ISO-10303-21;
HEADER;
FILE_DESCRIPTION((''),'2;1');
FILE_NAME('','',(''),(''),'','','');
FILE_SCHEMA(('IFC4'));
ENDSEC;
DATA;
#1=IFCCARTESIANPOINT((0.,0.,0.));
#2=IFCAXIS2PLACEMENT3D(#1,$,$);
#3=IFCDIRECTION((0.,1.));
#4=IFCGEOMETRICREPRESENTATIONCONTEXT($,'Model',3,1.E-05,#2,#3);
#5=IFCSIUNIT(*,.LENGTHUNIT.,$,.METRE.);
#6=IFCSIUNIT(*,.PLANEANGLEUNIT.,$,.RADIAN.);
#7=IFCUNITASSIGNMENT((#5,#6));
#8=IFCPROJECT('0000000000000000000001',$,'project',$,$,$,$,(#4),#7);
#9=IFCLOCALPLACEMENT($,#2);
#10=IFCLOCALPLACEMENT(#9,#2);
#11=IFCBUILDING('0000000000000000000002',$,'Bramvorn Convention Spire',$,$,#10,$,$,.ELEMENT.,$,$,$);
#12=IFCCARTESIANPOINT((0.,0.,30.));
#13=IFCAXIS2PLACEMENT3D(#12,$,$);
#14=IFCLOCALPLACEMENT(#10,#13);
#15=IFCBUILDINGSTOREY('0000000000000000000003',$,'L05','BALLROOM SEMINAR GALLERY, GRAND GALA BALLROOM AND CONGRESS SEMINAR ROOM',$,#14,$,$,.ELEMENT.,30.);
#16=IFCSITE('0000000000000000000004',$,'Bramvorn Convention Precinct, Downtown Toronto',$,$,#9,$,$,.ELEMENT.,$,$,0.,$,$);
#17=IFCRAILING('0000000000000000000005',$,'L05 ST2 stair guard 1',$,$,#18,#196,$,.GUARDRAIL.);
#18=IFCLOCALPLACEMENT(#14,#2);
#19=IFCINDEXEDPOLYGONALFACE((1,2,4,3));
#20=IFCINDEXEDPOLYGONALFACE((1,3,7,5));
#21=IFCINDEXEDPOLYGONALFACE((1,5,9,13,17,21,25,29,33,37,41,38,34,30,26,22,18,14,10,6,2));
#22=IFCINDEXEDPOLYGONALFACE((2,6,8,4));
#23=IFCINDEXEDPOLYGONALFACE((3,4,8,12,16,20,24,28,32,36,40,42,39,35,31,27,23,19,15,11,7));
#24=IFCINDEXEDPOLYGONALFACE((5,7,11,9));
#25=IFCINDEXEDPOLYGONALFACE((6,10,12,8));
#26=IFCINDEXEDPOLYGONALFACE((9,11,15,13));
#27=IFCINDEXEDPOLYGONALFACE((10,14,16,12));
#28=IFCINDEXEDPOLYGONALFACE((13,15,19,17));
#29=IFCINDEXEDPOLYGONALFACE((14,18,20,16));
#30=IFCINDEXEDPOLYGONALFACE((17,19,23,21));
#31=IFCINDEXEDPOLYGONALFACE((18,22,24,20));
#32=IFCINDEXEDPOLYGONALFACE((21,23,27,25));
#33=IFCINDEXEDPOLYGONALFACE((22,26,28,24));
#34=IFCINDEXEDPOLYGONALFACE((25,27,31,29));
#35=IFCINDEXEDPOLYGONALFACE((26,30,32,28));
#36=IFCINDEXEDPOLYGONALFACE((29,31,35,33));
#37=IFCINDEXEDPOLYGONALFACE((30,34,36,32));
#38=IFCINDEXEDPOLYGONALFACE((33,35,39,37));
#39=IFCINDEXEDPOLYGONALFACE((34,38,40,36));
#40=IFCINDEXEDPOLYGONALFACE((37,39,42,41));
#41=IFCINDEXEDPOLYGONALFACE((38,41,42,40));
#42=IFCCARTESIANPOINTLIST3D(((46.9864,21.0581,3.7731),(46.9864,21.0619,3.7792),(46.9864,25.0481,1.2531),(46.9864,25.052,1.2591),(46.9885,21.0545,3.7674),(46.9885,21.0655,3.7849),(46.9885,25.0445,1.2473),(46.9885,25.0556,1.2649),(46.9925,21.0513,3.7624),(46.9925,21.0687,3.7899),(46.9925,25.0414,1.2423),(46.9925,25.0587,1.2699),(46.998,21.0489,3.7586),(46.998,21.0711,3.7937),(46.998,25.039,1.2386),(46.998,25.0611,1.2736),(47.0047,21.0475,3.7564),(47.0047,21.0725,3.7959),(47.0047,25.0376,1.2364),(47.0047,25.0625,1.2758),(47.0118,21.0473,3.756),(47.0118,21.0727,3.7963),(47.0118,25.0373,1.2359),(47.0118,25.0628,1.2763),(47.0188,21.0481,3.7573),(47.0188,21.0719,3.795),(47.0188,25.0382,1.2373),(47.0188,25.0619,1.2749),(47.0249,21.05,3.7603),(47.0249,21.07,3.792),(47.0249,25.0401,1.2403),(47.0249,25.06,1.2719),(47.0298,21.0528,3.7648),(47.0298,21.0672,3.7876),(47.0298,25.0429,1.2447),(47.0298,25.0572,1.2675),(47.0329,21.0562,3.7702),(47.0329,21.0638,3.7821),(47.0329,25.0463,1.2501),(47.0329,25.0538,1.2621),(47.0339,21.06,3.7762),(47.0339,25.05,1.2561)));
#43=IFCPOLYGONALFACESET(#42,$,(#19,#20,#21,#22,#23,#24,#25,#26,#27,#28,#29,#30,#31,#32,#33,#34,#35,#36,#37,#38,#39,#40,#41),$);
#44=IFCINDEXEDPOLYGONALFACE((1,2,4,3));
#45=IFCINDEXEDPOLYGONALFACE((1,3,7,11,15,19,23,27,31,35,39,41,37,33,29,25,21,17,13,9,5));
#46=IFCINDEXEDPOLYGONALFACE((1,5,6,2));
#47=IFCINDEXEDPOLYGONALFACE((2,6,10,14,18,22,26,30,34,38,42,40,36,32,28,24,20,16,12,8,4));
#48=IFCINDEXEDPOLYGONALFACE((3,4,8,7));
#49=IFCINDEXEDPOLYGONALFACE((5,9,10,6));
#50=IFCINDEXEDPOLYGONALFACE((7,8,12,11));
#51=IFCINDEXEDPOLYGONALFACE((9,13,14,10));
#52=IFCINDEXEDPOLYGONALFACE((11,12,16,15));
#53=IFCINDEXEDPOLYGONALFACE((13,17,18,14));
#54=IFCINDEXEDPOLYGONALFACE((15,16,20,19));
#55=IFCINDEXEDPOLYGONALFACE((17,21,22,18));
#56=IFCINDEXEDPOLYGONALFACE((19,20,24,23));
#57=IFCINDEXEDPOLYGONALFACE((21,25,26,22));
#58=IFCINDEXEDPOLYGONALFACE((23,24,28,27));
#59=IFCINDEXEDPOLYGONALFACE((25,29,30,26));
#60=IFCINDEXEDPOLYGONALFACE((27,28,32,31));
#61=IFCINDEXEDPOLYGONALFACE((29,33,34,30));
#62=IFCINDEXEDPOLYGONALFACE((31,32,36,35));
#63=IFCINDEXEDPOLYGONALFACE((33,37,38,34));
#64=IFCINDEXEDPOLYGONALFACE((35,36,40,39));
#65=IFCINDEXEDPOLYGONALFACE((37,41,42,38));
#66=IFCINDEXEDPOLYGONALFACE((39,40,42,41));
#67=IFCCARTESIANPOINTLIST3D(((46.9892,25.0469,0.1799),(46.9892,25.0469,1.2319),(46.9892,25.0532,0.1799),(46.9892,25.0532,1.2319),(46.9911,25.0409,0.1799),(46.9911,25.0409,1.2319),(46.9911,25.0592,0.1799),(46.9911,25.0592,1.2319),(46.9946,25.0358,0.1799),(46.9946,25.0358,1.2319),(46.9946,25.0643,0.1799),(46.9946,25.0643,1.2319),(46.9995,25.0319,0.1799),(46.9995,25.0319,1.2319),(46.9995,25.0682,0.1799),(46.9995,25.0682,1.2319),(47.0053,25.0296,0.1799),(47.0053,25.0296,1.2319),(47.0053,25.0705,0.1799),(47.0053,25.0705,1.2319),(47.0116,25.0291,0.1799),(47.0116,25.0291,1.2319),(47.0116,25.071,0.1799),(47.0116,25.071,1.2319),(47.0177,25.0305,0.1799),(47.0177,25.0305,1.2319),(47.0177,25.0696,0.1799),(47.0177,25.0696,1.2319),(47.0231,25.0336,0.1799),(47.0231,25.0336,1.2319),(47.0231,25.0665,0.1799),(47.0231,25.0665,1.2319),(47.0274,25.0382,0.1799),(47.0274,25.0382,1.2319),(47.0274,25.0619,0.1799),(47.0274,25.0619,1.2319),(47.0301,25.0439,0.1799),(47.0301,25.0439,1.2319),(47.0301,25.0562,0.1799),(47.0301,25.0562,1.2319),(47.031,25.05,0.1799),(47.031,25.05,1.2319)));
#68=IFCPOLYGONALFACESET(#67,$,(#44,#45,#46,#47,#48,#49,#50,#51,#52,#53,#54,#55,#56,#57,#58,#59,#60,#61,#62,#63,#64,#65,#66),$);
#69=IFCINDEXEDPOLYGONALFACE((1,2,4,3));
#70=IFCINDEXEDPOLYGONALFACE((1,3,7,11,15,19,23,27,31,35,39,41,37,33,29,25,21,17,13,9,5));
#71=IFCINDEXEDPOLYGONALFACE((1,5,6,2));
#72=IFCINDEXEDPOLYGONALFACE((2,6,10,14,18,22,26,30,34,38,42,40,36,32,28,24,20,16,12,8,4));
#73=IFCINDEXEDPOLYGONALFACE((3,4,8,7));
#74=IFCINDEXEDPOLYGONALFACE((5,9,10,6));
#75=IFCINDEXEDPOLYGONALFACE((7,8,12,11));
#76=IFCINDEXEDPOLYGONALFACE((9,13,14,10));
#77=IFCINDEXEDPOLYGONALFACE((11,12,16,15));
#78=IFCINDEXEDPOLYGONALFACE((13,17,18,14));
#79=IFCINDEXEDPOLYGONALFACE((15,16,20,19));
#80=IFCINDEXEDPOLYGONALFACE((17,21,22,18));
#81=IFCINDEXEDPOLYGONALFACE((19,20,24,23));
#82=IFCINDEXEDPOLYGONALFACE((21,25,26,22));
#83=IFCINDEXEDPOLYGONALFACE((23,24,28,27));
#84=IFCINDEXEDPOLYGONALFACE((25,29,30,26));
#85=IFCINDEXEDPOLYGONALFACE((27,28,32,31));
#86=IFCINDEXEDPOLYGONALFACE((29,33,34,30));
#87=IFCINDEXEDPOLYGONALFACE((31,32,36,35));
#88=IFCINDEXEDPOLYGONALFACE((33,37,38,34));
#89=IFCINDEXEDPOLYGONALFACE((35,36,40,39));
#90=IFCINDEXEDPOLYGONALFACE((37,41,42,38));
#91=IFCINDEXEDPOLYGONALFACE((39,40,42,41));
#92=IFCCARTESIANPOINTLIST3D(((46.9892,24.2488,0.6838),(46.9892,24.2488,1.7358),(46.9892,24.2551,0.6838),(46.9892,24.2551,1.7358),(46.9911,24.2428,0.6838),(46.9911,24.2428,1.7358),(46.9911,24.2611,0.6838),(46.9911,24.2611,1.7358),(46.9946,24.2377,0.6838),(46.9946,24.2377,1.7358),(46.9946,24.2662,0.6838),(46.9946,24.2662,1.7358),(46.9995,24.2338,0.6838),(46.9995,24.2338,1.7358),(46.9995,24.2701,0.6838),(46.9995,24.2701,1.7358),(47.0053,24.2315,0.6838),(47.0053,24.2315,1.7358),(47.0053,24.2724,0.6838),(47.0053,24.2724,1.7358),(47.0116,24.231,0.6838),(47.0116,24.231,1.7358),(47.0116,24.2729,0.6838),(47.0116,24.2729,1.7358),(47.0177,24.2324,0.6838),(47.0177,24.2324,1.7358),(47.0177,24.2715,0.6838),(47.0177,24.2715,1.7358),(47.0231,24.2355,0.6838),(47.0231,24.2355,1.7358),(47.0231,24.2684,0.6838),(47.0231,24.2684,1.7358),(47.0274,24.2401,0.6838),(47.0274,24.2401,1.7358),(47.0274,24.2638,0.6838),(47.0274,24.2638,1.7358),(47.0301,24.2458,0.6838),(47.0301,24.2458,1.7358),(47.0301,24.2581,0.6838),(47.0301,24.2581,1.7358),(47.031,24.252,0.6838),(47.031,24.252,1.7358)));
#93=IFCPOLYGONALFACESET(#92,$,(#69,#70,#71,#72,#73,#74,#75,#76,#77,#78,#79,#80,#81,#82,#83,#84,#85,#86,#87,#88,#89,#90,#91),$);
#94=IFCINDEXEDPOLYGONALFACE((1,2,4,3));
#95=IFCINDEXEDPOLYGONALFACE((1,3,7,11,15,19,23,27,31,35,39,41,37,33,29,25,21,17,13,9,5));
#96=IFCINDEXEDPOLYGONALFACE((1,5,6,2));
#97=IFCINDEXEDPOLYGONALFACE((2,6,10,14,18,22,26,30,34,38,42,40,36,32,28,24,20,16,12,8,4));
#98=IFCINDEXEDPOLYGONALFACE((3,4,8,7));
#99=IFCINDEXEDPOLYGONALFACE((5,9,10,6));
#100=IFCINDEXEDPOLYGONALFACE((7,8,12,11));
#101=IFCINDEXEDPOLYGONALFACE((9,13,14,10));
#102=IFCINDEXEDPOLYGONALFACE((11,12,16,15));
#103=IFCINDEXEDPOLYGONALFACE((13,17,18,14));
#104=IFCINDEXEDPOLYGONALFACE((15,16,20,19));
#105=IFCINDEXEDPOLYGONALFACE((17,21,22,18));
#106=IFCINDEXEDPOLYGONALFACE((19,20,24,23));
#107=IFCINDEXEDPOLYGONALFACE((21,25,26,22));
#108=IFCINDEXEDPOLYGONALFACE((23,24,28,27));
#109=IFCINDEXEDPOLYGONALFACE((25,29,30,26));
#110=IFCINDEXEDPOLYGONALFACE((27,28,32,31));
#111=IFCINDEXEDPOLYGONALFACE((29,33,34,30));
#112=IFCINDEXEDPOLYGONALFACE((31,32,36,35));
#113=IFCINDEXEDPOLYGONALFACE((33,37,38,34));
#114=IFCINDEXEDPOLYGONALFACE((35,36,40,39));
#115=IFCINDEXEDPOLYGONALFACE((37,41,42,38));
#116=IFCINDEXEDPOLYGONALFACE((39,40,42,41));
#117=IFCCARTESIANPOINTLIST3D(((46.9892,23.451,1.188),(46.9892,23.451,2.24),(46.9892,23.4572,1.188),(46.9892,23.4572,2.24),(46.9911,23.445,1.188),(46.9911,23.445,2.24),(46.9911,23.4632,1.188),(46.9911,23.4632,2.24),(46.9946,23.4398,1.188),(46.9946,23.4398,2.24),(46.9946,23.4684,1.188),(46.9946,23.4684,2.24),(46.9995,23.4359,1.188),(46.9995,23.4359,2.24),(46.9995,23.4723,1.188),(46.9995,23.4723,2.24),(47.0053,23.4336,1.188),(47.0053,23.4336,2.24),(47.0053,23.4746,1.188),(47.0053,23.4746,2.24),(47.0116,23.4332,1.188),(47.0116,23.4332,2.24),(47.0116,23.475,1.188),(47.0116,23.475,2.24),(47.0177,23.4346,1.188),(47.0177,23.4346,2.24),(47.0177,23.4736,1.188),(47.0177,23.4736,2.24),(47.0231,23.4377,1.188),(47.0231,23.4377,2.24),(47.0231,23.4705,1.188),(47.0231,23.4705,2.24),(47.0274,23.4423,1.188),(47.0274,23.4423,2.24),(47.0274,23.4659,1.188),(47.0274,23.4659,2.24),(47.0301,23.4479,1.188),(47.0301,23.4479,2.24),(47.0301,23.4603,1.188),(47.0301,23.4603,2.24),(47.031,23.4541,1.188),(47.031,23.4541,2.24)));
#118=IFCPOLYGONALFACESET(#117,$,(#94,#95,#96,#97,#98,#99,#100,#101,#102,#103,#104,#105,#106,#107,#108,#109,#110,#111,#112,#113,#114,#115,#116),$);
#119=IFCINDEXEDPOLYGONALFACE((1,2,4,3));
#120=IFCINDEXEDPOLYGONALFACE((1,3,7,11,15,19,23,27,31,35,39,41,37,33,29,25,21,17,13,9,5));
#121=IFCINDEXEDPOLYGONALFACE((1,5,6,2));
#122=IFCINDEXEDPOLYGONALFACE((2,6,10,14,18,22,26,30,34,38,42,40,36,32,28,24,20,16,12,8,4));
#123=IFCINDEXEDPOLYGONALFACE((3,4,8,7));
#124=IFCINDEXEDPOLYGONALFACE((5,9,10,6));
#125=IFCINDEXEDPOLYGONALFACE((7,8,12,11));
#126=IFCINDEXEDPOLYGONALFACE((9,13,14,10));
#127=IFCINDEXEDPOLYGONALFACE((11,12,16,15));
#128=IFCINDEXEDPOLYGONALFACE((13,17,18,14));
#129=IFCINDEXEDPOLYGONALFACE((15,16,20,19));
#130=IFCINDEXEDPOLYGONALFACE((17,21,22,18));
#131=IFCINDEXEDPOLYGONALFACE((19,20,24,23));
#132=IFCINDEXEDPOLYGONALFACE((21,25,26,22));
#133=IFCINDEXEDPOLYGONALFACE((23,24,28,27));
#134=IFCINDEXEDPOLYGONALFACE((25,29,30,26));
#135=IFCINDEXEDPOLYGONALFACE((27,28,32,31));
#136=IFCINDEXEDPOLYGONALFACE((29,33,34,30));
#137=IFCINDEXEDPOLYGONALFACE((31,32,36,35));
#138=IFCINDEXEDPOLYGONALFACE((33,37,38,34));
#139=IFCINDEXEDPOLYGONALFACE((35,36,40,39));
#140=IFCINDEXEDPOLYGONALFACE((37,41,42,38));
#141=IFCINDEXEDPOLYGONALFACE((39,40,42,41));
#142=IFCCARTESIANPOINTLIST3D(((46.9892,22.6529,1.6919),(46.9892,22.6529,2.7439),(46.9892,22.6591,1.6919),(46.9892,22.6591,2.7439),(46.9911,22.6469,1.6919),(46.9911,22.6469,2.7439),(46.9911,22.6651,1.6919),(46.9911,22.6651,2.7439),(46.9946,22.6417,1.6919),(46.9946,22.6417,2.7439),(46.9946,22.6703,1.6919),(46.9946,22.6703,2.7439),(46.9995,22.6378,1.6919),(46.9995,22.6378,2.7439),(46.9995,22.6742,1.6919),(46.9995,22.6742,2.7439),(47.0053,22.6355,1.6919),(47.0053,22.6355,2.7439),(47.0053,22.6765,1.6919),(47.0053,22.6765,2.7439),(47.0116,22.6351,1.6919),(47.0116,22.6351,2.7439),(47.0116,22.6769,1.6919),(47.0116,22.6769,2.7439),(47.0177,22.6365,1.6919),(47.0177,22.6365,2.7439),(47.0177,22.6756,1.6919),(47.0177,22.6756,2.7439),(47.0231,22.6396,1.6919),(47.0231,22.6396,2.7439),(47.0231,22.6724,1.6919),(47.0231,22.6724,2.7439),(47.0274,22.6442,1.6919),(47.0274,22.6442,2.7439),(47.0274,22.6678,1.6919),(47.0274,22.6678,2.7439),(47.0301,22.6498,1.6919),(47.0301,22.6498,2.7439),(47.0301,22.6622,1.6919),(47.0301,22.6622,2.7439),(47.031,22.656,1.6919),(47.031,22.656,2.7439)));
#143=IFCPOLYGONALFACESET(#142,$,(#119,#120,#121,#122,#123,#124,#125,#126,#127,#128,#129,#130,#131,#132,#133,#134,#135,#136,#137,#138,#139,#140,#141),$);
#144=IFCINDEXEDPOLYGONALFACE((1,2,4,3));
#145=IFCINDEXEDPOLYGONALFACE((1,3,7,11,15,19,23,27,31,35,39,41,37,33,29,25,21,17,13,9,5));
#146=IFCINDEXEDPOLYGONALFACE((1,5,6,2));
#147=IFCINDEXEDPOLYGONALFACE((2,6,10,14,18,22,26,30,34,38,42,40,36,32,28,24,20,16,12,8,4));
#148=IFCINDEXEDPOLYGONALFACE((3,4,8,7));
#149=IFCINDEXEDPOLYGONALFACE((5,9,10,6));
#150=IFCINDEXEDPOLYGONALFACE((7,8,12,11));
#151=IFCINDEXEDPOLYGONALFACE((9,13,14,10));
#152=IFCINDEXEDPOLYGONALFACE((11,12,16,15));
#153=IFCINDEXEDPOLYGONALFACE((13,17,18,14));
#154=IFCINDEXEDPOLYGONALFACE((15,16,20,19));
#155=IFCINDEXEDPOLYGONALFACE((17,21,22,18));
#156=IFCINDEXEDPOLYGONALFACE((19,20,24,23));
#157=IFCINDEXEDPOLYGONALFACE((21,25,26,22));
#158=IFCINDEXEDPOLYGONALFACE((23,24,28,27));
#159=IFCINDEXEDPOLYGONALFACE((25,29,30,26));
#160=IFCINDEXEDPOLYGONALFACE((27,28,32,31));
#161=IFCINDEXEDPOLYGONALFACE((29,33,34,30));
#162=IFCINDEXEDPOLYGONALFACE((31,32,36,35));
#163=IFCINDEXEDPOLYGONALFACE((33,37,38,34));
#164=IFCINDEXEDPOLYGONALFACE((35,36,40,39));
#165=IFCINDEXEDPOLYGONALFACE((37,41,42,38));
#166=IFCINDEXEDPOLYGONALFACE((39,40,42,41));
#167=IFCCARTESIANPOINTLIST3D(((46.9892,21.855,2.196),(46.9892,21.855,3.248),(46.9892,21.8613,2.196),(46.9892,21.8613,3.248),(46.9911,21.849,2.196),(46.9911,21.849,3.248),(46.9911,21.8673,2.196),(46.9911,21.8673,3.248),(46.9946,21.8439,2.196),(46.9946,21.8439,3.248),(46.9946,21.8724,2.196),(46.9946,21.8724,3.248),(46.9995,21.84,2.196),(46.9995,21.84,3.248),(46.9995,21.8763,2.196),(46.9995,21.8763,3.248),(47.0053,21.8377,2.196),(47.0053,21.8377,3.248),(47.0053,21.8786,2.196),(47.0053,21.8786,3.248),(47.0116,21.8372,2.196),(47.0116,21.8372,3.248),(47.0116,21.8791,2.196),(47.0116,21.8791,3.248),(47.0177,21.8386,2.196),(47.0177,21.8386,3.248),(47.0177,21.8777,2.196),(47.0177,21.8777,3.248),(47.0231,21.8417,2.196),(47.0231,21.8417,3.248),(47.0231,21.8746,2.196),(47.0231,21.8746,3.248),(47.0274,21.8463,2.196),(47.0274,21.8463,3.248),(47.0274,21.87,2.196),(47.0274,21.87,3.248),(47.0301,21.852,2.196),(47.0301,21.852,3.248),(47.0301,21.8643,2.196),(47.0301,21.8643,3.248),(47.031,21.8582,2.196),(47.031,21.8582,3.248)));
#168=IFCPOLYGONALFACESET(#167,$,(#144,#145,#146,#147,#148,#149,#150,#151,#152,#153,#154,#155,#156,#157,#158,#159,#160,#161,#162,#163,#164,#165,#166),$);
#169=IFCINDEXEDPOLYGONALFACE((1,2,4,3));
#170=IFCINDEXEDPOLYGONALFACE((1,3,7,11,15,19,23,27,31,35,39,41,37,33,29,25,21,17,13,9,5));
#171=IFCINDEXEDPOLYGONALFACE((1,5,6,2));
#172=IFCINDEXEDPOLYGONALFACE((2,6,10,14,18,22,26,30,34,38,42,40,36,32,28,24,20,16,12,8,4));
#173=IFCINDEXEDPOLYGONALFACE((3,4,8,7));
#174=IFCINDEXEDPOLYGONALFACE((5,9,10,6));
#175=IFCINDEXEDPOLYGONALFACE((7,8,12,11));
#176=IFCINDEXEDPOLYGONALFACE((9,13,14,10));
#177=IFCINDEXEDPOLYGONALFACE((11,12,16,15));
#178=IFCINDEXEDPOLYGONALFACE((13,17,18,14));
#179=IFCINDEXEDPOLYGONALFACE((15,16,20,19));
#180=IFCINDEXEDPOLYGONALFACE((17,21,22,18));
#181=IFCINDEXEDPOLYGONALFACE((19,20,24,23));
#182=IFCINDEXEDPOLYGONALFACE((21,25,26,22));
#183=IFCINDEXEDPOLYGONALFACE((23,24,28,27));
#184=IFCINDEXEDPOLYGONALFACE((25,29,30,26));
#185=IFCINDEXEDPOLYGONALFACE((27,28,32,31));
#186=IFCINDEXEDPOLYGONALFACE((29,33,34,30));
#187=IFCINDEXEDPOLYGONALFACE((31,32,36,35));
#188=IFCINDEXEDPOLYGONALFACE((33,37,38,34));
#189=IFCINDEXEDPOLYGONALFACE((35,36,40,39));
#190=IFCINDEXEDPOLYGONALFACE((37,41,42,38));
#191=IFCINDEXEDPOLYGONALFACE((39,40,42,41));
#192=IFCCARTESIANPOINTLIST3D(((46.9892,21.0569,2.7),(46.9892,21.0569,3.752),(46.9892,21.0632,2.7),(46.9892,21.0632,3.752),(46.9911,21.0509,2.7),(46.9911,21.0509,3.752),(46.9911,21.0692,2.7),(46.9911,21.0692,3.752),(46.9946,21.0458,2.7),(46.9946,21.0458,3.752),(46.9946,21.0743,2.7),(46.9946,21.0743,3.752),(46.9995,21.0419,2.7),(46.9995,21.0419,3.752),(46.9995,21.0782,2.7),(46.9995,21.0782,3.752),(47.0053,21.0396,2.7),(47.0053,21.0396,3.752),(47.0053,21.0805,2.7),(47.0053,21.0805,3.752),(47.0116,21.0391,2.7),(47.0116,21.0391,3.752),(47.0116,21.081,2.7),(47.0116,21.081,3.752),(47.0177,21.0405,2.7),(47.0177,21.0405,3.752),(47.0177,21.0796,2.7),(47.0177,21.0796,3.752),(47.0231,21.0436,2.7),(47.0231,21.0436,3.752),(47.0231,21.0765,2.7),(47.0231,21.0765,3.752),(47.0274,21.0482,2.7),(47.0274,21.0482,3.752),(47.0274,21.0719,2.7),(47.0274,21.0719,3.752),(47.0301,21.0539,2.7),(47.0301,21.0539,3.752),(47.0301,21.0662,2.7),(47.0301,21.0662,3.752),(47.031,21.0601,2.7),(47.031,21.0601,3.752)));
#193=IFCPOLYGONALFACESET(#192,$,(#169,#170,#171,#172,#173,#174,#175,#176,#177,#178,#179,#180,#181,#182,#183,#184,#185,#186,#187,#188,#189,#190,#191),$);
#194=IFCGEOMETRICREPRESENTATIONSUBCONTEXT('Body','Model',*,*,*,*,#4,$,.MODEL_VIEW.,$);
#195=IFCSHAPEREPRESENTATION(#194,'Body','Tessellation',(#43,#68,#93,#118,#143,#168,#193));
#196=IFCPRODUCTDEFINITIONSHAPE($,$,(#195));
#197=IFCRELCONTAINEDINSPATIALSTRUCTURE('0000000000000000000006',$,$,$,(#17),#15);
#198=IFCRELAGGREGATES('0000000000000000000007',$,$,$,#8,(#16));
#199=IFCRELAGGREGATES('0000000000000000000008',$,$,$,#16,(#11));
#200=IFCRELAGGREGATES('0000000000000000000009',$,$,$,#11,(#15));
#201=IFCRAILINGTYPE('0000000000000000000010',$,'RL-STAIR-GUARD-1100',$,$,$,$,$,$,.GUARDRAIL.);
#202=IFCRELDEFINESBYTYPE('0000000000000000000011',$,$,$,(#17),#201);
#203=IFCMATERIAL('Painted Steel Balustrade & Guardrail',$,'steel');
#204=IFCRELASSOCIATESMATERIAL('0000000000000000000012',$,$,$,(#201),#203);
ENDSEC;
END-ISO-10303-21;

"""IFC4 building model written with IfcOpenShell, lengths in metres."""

from ifc_helpers import new_model, si_unit, direction, frame, origin, origin_2d, place, context, subcontext, project, spatial, circle, extrude, material, type_object, element, save


model = new_model("IFC4")

# Units and contexts
model_context = context("Model", 3, precision=1e-05, world=origin(), true_north=direction((0.0, 1.0)))
body_context = subcontext(model_context, "Body", "Model", "MODEL_VIEW")
ifc_project = project(units=[si_unit("LENGTHUNIT", "METRE"), si_unit("PLANEANGLEUNIT", "RADIAN")], contexts=[model_context])

# Site, building, storey
site_placement = place(None, origin())
site = spatial("IfcSite", under=ifc_project, at=site_placement, Name="Bramvorn Convention Precinct, Downtown Toronto", CompositionType="ELEMENT", RefElevation=0.0)
building_placement = place(site_placement, origin())
building = spatial("IfcBuilding", under=site, at=building_placement, Name="Bramvorn Convention Spire", CompositionType="ELEMENT")
storey_placement = place(building_placement, frame((0.0, 0.0, 30.0)))
storey = spatial("IfcBuildingStorey", under=building, at=storey_placement, Name="L05", Description="BALLROOM SEMINAR GALLERY, GRAND GALA BALLROOM AND CONGRESS SEMINAR ROOM", CompositionType="ELEMENT", Elevation=30.0)

# Railing
ifc_material_1 = material(Name="Painted Steel Balustrade & Guardrail", Category="steel")
railing_type_1 = type_object("IfcRailingType", Name="RL-STAIR-GUARD-1100", PredefinedType="GUARDRAIL", material=ifc_material_1)
railing_1_placement = place(storey_placement, frame((47.01, 25.05, 0.1799)))
element("IfcRailing", 1, at=railing_1_placement, inside=storey, type_object=railing_type_1, Name="L05 ST2 stair guard 1", PredefinedType="GUARDRAIL", context=body_context, shape_type="SweptSolid", body=[
    extrude(circle(Radius=0.0239, at=origin_2d()), frame((0.0, 0.0, 1.0762), z_axis=(0.0, -0.845486, 0.533997), x_axis=(1.0, 0.0, 0.0)), (0.0, 0.0, 1.0), 4.7192),
    extrude(circle(Radius=0.021, at=origin_2d()), origin(), (0.0, 0.0, 1.0), 1.052),
    extrude(circle(Radius=0.021, at=origin_2d()), frame((0.0, -0.7981, 0.5039)), (0.0, 0.0, 1.0), 1.052),
    extrude(circle(Radius=0.021, at=origin_2d()), frame((0.0, -1.5959, 1.0081)), (0.0, 0.0, 1.0), 1.052),
    extrude(circle(Radius=0.021, at=origin_2d()), frame((0.0, -2.394, 1.512)), (0.0, 0.0, 1.0), 1.052),
    extrude(circle(Radius=0.021, at=origin_2d()), frame((0.0, -3.1919, 2.0161)), (0.0, 0.0, 1.0), 1.052),
    extrude(circle(Radius=0.021, at=origin_2d()), frame((0.0, -3.99, 2.52)), (0.0, 0.0, 1.0), 1.052),
])

save(model, "model.ifc")
